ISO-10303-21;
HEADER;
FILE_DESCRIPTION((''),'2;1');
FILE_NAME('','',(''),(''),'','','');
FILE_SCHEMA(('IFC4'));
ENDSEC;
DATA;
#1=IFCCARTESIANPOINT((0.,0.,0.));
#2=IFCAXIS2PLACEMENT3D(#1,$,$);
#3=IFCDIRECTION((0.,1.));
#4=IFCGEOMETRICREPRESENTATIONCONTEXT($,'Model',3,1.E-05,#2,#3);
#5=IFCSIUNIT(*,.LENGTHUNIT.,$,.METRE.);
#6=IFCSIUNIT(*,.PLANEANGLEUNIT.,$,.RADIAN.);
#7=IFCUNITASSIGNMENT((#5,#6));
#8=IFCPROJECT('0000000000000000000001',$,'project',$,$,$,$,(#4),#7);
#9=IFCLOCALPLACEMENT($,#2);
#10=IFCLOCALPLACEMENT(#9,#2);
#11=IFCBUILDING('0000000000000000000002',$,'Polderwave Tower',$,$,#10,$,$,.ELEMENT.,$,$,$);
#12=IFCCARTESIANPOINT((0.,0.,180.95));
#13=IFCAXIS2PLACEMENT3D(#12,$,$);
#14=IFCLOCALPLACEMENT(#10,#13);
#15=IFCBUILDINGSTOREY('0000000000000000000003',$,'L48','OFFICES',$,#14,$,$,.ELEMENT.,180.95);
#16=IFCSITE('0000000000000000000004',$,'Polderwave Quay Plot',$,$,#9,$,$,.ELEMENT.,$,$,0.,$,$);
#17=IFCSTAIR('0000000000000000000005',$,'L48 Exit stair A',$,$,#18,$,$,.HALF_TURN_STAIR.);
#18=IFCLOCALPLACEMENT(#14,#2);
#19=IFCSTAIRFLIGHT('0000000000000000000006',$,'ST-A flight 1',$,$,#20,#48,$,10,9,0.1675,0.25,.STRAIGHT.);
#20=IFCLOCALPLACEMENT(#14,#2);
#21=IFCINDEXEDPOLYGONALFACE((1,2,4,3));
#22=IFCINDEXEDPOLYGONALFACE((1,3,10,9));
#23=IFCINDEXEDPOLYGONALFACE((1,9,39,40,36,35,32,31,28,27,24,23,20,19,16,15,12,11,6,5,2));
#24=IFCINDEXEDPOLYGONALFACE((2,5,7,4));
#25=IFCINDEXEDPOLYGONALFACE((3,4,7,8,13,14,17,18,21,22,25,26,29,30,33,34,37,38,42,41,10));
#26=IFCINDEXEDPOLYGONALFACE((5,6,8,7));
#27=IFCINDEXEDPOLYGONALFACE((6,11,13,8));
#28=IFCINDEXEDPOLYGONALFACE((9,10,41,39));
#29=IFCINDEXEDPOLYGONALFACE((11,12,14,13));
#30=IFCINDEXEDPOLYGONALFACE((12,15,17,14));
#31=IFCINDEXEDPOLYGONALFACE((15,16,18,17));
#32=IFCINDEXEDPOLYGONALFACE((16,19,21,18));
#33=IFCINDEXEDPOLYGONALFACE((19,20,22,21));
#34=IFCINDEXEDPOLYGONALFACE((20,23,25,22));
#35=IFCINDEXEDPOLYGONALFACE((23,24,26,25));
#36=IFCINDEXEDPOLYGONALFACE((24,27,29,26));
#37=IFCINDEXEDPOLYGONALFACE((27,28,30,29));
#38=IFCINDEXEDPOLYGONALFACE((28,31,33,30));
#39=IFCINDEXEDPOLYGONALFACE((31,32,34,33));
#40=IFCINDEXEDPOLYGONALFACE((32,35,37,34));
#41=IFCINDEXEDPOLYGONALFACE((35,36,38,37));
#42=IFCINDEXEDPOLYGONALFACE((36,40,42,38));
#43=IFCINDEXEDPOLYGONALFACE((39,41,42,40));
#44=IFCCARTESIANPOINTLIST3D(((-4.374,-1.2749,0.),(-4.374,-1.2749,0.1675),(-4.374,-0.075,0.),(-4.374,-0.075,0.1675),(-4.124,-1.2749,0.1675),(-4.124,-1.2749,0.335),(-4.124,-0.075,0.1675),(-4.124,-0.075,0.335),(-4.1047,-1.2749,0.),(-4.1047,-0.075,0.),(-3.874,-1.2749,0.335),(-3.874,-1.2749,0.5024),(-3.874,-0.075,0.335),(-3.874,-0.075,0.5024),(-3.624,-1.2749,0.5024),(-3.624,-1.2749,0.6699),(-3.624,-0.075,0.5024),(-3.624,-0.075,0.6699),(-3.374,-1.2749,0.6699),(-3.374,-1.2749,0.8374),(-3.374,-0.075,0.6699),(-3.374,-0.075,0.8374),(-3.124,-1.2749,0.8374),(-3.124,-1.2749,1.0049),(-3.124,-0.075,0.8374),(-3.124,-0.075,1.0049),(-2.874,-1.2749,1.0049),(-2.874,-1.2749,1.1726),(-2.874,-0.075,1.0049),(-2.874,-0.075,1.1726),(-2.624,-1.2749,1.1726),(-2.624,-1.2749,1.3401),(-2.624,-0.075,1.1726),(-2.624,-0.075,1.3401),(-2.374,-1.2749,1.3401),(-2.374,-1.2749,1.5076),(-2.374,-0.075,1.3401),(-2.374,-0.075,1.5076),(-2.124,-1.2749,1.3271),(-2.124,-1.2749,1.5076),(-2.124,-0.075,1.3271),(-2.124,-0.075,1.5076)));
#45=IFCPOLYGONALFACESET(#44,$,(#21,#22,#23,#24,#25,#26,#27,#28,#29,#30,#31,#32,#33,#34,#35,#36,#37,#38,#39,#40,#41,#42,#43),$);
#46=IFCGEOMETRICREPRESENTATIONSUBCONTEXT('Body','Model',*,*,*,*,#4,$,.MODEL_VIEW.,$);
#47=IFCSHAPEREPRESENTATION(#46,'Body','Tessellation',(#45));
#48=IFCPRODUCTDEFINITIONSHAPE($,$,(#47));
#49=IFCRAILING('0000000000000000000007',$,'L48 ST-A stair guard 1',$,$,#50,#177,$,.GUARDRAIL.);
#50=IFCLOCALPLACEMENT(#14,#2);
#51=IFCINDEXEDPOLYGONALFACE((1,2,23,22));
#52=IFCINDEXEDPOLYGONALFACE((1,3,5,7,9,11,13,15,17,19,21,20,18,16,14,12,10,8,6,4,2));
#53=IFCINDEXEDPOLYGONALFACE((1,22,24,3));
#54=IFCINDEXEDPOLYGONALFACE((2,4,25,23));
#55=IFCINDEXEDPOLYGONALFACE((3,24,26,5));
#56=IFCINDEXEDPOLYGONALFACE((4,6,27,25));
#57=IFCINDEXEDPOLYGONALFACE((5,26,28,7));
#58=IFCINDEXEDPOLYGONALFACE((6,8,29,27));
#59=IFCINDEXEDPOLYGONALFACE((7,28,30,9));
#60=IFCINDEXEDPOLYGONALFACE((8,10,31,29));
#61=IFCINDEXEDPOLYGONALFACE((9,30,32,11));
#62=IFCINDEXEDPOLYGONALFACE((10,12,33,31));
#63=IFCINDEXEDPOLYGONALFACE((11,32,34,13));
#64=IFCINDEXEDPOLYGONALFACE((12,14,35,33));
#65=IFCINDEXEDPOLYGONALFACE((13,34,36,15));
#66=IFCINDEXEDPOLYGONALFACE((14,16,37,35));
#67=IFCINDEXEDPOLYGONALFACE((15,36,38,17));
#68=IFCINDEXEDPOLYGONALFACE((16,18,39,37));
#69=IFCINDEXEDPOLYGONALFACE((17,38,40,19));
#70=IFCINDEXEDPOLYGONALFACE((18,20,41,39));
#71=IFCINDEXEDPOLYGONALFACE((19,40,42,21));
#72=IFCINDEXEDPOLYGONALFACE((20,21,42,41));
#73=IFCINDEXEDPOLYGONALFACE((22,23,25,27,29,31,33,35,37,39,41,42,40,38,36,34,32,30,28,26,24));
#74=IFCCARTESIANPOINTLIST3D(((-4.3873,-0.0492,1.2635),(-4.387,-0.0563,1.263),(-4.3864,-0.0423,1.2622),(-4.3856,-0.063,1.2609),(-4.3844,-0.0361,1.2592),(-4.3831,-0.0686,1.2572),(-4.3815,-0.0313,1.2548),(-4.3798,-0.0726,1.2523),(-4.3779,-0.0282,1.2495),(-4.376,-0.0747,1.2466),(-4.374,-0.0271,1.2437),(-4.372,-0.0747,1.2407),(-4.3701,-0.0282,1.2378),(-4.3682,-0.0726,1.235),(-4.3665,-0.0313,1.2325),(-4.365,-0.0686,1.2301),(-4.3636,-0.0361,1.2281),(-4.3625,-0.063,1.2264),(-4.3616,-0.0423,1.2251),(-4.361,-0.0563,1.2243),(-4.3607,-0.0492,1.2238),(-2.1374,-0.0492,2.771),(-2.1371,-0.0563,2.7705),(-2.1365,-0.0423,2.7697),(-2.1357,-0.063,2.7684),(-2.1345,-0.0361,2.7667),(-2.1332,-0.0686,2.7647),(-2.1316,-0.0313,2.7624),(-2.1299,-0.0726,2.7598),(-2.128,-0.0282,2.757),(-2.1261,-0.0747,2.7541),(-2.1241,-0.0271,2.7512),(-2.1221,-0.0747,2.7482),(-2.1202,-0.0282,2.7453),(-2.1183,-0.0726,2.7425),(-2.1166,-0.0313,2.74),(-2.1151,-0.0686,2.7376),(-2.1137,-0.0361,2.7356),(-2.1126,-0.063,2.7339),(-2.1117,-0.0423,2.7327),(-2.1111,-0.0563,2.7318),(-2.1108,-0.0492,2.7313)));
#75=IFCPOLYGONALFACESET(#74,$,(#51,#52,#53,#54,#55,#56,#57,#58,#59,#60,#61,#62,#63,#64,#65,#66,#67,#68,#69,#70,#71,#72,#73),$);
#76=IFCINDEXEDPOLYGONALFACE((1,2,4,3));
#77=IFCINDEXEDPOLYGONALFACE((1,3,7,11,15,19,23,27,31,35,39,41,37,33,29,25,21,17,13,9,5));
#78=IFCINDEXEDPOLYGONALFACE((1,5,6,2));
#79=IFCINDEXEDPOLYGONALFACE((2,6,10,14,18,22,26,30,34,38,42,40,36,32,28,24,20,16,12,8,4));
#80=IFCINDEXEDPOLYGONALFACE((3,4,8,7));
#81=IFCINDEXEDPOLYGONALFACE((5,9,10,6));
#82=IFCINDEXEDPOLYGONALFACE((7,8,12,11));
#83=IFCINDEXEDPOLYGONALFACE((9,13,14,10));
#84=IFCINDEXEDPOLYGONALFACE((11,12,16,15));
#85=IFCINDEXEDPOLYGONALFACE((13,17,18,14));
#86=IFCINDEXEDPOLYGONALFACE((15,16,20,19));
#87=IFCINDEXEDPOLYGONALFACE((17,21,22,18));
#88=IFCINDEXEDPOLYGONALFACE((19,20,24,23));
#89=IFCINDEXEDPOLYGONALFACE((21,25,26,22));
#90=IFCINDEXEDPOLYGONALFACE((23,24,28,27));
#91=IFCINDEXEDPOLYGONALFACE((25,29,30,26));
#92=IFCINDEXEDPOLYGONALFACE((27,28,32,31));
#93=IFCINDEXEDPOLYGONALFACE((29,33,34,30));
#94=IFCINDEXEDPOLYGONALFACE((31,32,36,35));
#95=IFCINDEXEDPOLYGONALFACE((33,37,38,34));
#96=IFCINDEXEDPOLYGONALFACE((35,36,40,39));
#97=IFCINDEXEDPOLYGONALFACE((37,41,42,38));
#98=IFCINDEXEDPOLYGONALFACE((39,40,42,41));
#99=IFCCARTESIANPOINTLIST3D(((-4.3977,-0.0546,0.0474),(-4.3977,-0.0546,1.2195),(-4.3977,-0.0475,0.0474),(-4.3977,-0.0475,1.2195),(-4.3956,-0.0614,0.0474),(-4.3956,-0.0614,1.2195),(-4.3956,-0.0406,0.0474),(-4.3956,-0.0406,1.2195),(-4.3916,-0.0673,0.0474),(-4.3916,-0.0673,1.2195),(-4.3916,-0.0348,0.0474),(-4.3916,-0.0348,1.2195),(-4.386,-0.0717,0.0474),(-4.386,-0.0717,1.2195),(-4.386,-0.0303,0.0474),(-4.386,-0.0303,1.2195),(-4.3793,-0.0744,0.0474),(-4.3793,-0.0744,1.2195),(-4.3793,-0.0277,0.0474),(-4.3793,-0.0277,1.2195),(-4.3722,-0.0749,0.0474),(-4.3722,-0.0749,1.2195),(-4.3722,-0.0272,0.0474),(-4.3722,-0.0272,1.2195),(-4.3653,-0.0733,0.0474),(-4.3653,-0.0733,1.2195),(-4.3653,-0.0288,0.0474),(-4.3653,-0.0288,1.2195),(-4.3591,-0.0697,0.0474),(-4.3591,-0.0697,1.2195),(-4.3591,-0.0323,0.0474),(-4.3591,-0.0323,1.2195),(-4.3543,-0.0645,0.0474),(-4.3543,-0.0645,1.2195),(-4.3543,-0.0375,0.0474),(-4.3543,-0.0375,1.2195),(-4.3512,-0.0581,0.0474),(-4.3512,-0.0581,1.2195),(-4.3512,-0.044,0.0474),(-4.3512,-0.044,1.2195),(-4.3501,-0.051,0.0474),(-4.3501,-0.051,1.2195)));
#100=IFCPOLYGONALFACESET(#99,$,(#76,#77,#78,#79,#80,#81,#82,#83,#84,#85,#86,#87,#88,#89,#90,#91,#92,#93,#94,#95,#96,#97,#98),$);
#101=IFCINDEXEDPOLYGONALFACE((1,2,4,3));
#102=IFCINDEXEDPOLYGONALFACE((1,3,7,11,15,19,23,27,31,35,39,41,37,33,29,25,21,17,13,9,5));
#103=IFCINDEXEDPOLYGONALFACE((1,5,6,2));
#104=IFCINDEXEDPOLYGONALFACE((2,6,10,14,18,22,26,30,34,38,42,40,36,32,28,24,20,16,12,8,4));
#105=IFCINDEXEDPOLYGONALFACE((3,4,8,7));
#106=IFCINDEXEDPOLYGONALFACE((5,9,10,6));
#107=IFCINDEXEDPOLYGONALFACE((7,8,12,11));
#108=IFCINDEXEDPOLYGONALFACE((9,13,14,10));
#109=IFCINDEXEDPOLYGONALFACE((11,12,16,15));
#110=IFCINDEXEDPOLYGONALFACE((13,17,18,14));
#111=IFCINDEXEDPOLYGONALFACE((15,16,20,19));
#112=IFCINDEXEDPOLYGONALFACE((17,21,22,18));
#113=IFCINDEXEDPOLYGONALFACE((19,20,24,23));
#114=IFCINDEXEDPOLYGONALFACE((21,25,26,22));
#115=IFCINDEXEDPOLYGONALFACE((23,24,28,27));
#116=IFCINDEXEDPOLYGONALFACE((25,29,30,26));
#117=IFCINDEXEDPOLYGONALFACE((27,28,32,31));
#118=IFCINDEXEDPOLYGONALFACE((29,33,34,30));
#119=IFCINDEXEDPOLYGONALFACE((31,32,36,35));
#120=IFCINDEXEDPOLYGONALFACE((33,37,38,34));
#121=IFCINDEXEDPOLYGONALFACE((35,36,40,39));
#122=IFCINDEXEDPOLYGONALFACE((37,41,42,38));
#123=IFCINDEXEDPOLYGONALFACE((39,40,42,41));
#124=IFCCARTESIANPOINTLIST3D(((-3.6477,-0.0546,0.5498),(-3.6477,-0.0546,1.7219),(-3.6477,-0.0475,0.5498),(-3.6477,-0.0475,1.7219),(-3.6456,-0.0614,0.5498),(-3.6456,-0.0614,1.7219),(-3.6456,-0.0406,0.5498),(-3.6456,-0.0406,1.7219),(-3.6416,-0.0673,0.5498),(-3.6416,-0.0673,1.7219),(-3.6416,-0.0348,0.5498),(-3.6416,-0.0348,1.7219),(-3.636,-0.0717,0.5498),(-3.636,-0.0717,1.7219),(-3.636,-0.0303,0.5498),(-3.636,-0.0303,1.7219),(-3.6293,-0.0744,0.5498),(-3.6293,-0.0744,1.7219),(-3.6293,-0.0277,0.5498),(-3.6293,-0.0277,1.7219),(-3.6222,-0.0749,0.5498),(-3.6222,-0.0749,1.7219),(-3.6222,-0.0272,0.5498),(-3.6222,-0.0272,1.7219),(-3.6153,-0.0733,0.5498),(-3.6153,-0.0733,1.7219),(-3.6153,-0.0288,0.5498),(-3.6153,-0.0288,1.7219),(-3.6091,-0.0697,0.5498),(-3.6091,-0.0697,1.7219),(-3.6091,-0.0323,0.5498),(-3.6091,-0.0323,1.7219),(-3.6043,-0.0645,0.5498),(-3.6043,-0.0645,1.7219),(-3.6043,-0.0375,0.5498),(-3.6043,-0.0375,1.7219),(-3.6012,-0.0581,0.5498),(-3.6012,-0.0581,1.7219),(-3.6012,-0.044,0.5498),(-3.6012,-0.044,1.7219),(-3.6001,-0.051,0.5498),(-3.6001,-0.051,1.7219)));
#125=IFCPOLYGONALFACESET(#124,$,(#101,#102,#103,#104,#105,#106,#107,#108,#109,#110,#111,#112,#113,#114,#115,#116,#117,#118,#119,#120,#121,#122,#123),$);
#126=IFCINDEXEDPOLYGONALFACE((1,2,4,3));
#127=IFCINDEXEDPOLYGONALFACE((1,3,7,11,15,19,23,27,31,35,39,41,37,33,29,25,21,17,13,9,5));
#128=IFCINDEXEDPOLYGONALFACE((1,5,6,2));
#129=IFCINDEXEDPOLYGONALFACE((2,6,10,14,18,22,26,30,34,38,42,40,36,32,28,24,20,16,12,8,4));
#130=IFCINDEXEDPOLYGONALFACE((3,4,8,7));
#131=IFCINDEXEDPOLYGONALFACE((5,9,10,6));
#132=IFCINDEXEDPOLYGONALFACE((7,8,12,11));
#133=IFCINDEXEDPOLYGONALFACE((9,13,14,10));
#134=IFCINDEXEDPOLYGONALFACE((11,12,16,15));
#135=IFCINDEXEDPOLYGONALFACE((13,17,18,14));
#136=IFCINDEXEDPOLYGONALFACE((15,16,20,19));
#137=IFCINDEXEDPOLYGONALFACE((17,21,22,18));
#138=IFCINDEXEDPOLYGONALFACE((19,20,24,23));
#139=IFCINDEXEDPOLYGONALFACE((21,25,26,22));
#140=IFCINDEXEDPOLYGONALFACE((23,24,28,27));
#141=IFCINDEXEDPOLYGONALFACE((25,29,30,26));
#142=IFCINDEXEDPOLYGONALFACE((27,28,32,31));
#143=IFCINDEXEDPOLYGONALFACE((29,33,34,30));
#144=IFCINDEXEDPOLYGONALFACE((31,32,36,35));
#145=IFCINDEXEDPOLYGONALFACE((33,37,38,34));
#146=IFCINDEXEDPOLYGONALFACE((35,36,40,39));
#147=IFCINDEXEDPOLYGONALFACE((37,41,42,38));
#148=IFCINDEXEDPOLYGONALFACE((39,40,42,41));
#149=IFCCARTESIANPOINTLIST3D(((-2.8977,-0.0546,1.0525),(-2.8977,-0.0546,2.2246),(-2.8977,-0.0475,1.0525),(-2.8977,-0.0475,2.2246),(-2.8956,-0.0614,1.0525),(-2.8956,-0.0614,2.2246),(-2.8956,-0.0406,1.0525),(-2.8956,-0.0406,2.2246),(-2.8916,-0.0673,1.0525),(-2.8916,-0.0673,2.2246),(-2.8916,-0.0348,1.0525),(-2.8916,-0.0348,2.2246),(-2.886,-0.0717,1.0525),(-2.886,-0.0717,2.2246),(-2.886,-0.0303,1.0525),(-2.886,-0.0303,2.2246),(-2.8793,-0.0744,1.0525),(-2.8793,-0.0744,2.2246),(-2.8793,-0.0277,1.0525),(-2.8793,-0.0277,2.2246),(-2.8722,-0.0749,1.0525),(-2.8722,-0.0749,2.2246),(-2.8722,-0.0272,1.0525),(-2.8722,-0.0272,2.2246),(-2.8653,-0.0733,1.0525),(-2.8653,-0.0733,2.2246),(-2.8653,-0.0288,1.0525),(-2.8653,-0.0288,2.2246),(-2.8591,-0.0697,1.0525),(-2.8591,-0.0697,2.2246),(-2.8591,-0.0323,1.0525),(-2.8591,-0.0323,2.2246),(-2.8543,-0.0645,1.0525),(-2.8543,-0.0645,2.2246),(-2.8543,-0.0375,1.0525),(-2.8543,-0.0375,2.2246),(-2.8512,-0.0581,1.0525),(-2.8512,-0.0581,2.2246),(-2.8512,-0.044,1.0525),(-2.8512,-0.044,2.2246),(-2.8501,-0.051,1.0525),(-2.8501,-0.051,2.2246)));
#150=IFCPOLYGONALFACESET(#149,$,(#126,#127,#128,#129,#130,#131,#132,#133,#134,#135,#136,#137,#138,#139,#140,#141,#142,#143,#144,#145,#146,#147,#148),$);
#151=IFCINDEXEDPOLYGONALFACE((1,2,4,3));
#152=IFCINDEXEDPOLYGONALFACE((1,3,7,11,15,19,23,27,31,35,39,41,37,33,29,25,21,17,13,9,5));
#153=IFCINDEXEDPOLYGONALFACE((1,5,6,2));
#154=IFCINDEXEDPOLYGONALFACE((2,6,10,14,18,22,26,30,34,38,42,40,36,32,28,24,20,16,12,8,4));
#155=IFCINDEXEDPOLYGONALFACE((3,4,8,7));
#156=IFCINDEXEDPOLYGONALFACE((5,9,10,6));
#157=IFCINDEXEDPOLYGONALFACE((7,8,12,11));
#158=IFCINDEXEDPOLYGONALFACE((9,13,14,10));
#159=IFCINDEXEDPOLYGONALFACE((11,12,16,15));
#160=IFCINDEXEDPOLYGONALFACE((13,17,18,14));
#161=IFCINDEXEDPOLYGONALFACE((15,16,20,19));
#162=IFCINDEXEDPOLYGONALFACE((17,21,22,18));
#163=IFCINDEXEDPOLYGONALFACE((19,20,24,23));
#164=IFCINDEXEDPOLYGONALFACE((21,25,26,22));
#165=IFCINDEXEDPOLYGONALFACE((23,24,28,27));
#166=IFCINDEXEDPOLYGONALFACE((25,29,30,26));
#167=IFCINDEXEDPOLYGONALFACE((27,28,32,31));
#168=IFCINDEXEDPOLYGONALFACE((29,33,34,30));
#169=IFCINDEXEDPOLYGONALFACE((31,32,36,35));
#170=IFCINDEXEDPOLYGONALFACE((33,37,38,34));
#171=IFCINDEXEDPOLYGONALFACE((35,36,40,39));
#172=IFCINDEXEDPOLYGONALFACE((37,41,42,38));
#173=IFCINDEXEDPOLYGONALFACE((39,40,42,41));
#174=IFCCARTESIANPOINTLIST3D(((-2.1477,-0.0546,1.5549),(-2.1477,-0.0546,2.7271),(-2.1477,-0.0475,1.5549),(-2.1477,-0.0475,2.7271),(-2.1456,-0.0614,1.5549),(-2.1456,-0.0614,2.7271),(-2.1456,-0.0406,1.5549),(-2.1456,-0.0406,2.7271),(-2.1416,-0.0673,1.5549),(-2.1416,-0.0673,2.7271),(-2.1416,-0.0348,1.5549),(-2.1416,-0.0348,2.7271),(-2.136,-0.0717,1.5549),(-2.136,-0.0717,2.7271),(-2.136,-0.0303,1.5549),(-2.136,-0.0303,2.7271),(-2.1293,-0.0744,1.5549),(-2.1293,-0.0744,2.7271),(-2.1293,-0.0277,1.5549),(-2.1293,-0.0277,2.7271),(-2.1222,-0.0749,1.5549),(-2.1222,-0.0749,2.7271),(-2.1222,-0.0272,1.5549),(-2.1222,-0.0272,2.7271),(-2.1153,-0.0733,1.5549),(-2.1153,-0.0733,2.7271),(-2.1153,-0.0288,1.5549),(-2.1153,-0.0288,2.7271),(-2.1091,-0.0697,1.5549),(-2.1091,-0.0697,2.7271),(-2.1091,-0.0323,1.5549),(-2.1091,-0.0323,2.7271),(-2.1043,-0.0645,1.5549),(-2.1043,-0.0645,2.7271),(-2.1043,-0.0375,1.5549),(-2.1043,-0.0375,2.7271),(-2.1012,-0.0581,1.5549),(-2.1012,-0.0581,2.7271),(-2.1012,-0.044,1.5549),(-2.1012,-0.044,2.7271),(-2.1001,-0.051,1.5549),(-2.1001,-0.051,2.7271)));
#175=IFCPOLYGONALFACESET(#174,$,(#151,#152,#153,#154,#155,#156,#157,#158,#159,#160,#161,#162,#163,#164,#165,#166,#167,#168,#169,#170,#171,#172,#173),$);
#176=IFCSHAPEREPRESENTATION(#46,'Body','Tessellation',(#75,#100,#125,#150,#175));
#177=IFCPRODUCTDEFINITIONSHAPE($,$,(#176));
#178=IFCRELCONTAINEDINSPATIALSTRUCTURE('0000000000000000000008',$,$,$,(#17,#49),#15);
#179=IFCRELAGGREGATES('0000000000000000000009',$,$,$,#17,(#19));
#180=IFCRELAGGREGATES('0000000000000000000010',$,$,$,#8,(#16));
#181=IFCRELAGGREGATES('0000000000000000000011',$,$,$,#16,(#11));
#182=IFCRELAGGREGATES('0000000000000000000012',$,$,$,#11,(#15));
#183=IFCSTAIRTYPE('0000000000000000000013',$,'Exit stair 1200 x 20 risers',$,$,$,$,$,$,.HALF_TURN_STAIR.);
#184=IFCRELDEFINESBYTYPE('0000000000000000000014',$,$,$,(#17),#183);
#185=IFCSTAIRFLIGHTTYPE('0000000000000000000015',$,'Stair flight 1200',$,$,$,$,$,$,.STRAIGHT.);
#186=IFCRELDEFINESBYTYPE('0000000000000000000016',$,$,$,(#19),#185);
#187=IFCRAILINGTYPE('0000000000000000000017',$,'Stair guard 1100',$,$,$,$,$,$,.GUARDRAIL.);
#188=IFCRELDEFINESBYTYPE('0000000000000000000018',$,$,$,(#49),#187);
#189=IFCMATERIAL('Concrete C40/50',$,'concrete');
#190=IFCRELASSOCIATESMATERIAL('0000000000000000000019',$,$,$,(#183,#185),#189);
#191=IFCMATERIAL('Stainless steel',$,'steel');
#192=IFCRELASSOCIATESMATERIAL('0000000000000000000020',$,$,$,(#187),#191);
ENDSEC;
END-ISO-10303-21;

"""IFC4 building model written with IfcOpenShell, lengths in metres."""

from ifc_helpers import new_model, si_unit, direction, frame, origin, origin_2d, place, context, subcontext, project, spatial, polyline, circle, outline, extrude, material, type_object, element, aggregate, save


model = new_model("IFC4")

# Units and contexts
model_context = context("Model", 3, precision=1e-05, world=origin(), true_north=direction((0.0, 1.0)))
body_context = subcontext(model_context, "Body", "Model", "MODEL_VIEW")
ifc_project = project(units=[si_unit("LENGTHUNIT", "METRE"), si_unit("PLANEANGLEUNIT", "RADIAN")], contexts=[model_context])

# Site, building, storey
site_placement = place(None, origin())
site = spatial("IfcSite", under=ifc_project, at=site_placement, Name="Polderwave Quay Plot", CompositionType="ELEMENT", RefElevation=0.0)
building_placement = place(site_placement, origin())
building = spatial("IfcBuilding", under=site, at=building_placement, Name="Polderwave Tower", CompositionType="ELEMENT")
storey_placement = place(building_placement, frame((0.0, 0.0, 180.95)))
storey = spatial("IfcBuildingStorey", under=building, at=storey_placement, Name="L48", Description="OFFICES", CompositionType="ELEMENT", Elevation=180.95)

# Shared definitions
ifc_material_1 = material(Name="Concrete C40/50", Category="concrete")

# Stair, stair flight
stair_type = type_object("IfcStairType", Name="Exit stair 1200 x 20 risers", PredefinedType="HALF_TURN_STAIR", material=ifc_material_1)
stair_placement = place(storey_placement, origin())
stair = element("IfcStair", 1, at=stair_placement, inside=storey, type_object=stair_type, Name="L48 Exit stair A", PredefinedType="HALF_TURN_STAIR")
stair_flight_type = type_object("IfcStairFlightType", Name="Stair flight 1200", PredefinedType="STRAIGHT", material=ifc_material_1)
stair_flight_placement = place(storey_placement, frame((-4.374, -0.675, 0.0), z_axis=(0.0, 0.0, 1.0), x_axis=(1.0, 0.0, 0.0)))
stair_flight = element("IfcStairFlight", 2, at=stair_flight_placement, type_object=stair_flight_type, Name="ST-A flight 1", NumberOfRisers=10, NumberOfTreads=9, PredefinedType="STRAIGHT", RiserHeight=0.1675, TreadLength=0.25, context=body_context, shape_type="SweptSolid", body=[
    extrude(outline(polyline([(0.0, 0.0), (0.0, 0.1675), (0.25, 0.1675), (0.25, 0.335), (0.5, 0.335), (0.5, 0.5024), (0.75, 0.5024), (0.75, 0.6699), (1.0, 0.6699), (1.0, 0.8374), (1.25, 0.8374), (1.25, 1.0049), (1.5, 1.0049), (1.5, 1.1726), (1.75, 1.1726), (1.75, 1.3401), (2.0, 1.3401), (2.0, 1.5076), (2.25, 1.5076), (2.25, 1.675), (2.25, 1.3271), (0.2693, 0.0), (0.0, 0.0)])), frame((0.0, 0.6001, 0.0), z_axis=(0.0, -1.0, 0.0), x_axis=(1.0, 0.0, 0.0)), (0.0, 0.0, 1.0), 1.2),
])
aggregate(stair, [stair_flight])

# Railing
ifc_material_2 = material(Name="Stainless steel", Category="steel")
railing_type = type_object("IfcRailingType", Name="Stair guard 1100", PredefinedType="GUARDRAIL", material=ifc_material_2)
railing_1_placement = place(storey_placement, frame((-4.374, -0.051, 0.0474)))
element("IfcRailing", 3, at=railing_1_placement, inside=storey, type_object=railing_type, Name="L48 ST-A stair guard 1", PredefinedType="GUARDRAIL", context=body_context, shape_type="SweptSolid", body=[
    extrude(circle(Radius=0.0239, at=origin_2d()), frame((0.0, 0.0, 1.1963), z_axis=(0.830758, 0.0, 0.556633), x_axis=(0.0, 1.0, 0.0)), (0.0, 0.0, 1.0), 2.7083),
    extrude(circle(Radius=0.0239, at=origin_2d()), origin(), (0.0, 0.0, 1.0), 1.1721),
    extrude(circle(Radius=0.0239, at=origin_2d()), frame((0.75, 0.0, 0.5024)), (0.0, 0.0, 1.0), 1.1721),
    extrude(circle(Radius=0.0239, at=origin_2d()), frame((1.5, 0.0, 1.0051)), (0.0, 0.0, 1.0), 1.1721),
    extrude(circle(Radius=0.0239, at=origin_2d()), frame((2.25, 0.0, 1.5076)), (0.0, 0.0, 1.0), 1.1721),
])

save(model, "model.ifc")
